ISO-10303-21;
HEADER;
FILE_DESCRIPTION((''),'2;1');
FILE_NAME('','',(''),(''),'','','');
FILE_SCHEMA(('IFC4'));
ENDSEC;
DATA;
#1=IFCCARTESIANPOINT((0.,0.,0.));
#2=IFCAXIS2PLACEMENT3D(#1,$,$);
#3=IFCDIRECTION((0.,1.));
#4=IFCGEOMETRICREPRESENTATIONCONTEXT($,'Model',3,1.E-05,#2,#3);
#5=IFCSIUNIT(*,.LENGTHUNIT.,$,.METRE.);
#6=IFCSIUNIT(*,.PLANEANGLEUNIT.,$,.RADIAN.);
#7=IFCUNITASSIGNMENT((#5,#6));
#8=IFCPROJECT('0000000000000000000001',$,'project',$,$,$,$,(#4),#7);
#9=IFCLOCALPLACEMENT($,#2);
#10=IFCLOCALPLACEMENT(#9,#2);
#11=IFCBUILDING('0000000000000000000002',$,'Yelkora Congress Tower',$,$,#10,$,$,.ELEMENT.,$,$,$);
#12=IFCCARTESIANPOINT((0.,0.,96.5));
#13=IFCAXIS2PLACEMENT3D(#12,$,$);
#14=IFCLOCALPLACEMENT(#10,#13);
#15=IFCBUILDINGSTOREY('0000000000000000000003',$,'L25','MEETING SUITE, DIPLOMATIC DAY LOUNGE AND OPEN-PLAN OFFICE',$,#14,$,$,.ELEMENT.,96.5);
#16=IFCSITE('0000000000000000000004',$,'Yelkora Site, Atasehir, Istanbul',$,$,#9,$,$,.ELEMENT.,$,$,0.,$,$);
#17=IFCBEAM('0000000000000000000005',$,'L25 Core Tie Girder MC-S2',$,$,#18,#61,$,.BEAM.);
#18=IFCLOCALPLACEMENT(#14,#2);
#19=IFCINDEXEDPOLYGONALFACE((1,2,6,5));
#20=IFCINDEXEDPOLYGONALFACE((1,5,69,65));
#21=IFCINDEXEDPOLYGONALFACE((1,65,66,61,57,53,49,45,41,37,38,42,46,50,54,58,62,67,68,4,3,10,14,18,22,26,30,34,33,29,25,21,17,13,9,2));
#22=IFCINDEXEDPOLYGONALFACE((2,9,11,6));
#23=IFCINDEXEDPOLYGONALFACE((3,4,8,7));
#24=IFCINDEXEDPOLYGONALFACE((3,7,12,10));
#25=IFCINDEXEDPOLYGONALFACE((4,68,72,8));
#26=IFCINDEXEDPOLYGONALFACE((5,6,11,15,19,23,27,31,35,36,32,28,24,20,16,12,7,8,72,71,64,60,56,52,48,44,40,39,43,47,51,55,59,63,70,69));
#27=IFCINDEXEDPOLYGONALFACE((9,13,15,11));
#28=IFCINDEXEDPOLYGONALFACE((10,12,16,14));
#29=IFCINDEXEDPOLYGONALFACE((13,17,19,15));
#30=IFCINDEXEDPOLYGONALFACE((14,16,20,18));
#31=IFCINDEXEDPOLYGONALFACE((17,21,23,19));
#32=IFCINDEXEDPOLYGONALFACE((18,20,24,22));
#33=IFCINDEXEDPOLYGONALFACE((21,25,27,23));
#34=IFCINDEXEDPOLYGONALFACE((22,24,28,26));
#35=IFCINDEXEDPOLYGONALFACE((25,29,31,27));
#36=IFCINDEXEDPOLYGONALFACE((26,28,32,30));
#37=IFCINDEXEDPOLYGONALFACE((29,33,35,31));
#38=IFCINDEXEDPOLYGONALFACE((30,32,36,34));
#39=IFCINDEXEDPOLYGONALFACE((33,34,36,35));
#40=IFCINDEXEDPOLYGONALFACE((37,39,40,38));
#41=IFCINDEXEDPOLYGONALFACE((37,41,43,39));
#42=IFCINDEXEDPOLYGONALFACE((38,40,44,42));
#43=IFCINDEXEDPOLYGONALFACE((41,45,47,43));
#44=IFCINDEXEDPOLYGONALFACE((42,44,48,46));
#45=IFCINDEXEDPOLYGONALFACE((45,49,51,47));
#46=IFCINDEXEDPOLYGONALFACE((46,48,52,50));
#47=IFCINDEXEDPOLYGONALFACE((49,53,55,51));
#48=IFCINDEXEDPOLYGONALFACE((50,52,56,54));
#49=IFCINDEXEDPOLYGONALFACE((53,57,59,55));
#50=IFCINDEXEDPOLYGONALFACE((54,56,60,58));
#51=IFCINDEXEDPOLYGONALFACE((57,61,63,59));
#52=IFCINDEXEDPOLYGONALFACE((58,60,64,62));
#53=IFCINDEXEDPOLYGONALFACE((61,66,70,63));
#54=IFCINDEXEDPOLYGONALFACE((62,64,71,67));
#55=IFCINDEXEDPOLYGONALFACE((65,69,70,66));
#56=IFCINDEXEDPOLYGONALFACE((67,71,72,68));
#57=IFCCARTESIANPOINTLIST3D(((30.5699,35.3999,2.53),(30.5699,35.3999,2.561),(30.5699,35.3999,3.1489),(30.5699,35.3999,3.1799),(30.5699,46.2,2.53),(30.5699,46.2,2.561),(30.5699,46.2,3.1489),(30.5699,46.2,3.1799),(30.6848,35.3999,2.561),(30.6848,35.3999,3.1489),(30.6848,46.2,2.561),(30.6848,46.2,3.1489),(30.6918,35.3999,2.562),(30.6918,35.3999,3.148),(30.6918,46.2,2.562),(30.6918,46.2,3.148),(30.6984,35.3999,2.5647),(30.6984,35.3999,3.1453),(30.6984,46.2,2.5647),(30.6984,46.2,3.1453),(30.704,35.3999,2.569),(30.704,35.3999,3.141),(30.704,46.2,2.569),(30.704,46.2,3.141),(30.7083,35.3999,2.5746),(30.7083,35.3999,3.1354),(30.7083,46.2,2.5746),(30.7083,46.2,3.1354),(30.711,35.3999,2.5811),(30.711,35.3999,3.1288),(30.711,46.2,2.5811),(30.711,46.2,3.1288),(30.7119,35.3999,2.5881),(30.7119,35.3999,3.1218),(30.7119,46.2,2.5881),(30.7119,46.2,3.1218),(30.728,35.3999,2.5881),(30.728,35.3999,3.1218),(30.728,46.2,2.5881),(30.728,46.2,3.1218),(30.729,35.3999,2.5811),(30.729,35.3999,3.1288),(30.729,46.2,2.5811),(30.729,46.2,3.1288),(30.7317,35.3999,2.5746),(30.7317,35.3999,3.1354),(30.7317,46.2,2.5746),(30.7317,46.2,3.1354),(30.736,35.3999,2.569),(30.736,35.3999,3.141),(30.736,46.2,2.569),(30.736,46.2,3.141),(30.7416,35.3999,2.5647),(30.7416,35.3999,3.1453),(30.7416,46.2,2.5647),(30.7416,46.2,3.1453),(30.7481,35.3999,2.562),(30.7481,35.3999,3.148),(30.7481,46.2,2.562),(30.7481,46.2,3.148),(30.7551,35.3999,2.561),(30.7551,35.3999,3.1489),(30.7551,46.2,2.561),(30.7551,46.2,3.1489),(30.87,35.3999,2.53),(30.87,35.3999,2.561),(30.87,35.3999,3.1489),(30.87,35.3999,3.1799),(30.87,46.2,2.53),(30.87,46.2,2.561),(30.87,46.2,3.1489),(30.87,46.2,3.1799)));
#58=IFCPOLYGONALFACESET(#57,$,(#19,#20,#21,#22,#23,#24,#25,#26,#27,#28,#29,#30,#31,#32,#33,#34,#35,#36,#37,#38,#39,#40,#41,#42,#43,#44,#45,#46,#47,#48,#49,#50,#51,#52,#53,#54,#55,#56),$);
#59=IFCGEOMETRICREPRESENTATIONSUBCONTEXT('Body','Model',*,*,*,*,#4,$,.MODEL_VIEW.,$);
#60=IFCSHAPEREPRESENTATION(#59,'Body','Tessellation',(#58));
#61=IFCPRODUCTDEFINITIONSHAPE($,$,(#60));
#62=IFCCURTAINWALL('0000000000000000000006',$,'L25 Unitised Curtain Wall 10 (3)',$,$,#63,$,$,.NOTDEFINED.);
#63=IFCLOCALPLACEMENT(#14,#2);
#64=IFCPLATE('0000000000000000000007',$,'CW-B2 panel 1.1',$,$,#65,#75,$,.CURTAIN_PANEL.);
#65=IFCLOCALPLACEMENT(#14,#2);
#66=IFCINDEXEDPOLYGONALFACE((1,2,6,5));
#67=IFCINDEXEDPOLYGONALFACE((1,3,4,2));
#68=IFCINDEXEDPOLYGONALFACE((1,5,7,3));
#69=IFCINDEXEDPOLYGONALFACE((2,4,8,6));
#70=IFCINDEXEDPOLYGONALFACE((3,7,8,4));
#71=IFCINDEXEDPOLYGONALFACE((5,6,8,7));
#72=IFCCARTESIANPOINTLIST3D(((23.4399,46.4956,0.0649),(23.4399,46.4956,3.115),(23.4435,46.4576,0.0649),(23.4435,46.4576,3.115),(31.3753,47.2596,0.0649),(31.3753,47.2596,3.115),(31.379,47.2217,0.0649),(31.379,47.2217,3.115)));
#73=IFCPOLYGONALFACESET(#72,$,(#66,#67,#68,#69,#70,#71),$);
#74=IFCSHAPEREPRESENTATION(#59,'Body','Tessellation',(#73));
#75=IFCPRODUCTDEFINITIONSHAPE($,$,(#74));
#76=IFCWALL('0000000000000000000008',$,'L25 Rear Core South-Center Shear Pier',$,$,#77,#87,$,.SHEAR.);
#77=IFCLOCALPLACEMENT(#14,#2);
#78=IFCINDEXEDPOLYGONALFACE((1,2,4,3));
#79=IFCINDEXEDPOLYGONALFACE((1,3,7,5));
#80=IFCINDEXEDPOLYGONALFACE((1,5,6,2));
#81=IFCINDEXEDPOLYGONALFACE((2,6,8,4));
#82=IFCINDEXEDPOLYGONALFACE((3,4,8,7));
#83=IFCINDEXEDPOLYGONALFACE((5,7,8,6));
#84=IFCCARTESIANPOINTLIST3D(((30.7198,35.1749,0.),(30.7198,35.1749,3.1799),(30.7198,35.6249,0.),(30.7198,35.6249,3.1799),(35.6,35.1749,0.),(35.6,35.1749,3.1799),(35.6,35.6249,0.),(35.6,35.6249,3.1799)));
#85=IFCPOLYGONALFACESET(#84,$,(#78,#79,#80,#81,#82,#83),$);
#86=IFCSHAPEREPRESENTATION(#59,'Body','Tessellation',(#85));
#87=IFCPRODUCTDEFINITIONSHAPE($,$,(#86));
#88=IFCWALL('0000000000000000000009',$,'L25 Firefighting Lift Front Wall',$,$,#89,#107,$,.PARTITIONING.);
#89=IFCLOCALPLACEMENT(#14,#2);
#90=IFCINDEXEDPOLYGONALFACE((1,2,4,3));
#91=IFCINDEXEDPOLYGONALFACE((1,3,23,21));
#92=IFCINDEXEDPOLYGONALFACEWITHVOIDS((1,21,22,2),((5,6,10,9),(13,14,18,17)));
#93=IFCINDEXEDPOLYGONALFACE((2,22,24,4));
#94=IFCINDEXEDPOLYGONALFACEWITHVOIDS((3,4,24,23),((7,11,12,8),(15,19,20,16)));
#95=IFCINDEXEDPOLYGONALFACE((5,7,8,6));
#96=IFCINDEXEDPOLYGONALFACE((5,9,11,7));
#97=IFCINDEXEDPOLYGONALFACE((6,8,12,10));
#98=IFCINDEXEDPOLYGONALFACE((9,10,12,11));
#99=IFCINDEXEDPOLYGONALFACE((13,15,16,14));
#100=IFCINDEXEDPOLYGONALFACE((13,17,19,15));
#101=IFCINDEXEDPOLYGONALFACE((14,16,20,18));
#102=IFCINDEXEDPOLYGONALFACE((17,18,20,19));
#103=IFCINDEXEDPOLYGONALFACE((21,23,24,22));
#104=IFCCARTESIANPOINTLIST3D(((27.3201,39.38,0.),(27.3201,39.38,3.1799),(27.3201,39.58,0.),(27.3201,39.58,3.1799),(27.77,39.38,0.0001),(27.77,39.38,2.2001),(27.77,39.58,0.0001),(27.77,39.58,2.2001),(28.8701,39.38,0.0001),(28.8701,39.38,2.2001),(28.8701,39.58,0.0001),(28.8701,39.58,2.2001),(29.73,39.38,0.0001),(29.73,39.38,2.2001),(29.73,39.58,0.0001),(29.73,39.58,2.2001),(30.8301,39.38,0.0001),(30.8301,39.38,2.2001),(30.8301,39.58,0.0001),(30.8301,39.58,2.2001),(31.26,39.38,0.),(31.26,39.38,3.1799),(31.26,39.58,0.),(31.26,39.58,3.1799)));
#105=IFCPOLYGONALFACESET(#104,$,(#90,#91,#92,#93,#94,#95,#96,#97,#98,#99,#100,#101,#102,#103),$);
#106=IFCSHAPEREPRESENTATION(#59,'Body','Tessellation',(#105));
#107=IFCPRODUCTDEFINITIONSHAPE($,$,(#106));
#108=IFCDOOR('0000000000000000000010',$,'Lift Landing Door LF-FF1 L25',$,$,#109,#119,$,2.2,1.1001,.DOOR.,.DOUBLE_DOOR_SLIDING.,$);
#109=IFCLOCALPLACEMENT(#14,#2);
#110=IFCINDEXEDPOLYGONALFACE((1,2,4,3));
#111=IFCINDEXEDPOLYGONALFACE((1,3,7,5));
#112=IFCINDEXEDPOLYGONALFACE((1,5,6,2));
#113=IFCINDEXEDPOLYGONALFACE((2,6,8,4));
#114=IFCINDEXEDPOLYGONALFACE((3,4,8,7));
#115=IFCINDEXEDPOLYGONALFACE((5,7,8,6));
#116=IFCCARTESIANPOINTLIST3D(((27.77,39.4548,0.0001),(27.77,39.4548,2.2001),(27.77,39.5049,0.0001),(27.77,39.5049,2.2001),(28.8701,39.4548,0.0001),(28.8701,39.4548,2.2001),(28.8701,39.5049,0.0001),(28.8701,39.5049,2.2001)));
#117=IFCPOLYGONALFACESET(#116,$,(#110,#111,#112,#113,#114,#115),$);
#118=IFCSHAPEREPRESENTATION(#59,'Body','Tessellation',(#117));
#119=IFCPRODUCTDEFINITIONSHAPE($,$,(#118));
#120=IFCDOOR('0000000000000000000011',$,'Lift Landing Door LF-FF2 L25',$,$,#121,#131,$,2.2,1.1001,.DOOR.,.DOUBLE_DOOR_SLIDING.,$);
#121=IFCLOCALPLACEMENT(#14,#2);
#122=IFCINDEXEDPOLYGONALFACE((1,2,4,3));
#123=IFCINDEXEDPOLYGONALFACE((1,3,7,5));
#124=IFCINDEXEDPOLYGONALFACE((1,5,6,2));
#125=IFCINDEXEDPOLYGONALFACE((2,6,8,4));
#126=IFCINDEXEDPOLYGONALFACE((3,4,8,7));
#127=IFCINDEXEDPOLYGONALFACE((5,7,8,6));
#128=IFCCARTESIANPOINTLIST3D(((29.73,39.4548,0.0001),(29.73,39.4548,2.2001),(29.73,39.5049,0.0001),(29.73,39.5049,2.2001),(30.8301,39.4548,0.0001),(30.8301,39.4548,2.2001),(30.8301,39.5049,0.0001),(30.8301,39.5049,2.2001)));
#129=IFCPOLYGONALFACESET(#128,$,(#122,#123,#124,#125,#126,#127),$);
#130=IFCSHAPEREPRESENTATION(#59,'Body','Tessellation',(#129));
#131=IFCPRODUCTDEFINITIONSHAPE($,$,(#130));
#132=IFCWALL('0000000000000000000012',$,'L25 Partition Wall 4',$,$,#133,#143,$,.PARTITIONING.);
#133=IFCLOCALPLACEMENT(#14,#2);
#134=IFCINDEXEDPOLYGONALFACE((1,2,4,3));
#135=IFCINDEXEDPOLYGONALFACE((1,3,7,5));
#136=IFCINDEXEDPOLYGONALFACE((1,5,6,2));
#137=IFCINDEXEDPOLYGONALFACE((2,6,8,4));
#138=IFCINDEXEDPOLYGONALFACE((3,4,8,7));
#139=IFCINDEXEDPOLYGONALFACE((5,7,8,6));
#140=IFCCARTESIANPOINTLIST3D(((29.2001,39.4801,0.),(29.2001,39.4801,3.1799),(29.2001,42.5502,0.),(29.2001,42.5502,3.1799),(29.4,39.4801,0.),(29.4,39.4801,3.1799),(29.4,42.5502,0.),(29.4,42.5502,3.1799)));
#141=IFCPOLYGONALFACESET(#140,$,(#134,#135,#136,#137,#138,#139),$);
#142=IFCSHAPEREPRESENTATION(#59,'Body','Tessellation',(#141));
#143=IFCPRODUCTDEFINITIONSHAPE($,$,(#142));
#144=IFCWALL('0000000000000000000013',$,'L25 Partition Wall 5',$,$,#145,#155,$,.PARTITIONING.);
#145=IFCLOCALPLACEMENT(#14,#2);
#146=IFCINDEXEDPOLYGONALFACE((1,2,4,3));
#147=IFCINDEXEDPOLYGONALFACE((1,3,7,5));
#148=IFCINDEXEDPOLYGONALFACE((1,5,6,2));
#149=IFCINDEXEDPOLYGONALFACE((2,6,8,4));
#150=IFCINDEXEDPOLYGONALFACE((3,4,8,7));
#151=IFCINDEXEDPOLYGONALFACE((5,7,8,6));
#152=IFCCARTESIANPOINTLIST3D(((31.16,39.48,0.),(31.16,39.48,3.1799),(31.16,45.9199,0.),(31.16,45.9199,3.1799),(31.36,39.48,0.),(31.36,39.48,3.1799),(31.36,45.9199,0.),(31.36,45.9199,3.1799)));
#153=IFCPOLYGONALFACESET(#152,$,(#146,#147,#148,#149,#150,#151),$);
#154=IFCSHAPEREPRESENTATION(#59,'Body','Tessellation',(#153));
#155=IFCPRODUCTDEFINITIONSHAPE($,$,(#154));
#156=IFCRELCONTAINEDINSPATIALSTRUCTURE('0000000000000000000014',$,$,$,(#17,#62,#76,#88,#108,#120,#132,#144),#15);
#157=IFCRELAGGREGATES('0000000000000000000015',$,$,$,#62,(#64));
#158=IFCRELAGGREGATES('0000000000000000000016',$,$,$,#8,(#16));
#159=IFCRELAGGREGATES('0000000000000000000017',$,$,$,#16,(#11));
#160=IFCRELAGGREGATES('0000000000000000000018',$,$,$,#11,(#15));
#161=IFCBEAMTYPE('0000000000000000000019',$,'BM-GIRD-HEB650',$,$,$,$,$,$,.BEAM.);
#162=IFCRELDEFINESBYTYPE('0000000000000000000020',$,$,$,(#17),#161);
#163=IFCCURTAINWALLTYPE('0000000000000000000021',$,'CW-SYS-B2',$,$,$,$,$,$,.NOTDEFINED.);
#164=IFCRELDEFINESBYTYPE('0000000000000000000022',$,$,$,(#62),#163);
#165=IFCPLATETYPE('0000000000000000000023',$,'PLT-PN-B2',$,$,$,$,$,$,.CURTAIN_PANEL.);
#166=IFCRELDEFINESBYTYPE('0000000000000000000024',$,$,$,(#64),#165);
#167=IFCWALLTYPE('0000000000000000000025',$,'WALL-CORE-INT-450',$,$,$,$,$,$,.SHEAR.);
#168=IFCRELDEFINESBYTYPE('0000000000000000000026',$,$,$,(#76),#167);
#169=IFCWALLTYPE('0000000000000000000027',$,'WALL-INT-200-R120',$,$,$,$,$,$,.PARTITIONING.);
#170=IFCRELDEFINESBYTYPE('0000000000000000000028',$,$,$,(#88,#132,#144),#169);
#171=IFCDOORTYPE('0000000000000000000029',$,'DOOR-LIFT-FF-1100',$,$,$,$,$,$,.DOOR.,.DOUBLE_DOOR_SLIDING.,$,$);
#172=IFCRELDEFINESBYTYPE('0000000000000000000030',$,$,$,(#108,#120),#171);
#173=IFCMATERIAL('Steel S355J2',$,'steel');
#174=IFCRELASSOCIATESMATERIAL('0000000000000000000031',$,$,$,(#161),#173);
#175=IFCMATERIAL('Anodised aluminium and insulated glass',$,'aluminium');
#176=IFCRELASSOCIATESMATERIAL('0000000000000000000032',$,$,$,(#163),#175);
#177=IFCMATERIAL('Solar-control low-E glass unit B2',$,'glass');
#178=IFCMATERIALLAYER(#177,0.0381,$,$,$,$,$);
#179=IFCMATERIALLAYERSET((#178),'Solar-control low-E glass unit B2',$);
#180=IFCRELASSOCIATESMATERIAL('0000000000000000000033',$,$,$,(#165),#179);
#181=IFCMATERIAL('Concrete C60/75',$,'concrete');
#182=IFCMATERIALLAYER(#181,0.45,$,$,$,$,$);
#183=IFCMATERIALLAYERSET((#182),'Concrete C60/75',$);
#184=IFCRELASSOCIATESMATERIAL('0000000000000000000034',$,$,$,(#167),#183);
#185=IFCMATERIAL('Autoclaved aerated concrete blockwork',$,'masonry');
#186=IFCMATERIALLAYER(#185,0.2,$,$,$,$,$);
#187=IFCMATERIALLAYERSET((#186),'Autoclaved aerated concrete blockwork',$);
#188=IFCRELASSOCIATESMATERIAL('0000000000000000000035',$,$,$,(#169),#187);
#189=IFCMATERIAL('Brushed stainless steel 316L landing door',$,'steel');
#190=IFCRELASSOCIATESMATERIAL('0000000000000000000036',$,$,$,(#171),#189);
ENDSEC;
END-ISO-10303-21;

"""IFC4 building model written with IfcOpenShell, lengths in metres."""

from ifc_helpers import new_model, si_unit, direction, frame, frame_2d, origin, origin_2d, place, context, subcontext, project, spatial, rectangle, i_section, extrude, material, layer, layer_set, material_profile, profile_set, type_object, element, fill, aggregate, save


model = new_model("IFC4")

# Units and contexts
model_context = context("Model", 3, precision=1e-05, world=origin(), true_north=direction((0.0, 1.0)))
body_context = subcontext(model_context, "Body", "Model", "MODEL_VIEW")
ifc_project = project(units=[si_unit("LENGTHUNIT", "METRE"), si_unit("PLANEANGLEUNIT", "RADIAN")], contexts=[model_context])

# Site, building, storey
site_placement = place(None, origin())
site = spatial("IfcSite", under=ifc_project, at=site_placement, Name="Yelkora Site, Atasehir, Istanbul", CompositionType="ELEMENT", RefElevation=0.0)
building_placement = place(site_placement, origin())
building = spatial("IfcBuilding", under=site, at=building_placement, Name="Yelkora Congress Tower", CompositionType="ELEMENT")
storey_placement = place(building_placement, frame((0.0, 0.0, 96.5)))
storey = spatial("IfcBuildingStorey", under=building, at=storey_placement, Name="L25", Description="MEETING SUITE, DIPLOMATIC DAY LOUNGE AND OPEN-PLAN OFFICE", CompositionType="ELEMENT", Elevation=96.5)

# Beam
ifc_material_1 = material(Name="Steel S355J2", Category="steel")
ifc_material_profile_1 = material_profile(ifc_material_1, i_section(OverallWidth=0.3, OverallDepth=0.6499, WebThickness=0.0161, FlangeThickness=0.031, FilletRadius=0.0271, at=origin_2d()), Name="HEB 650")
ifc_profile_set_1 = profile_set([ifc_material_profile_1], Name="Steel S355J2")
beam_type = type_object("IfcBeamType", Name="BM-GIRD-HEB650", PredefinedType="BEAM", material=ifc_profile_set_1)
beam_placement = place(storey_placement, frame((30.72, 35.3999, 2.855), z_axis=(0.0, 1.0, 0.0), x_axis=(-1.0, 0.0, 0.0)))
element("IfcBeam", 1, at=beam_placement, inside=storey, type_object=beam_type, Name="L25 Core Tie Girder MC-S2", PredefinedType="BEAM", context=body_context, shape_type="SweptSolid", body=[
    extrude(i_section(OverallWidth=0.3, OverallDepth=0.6499, WebThickness=0.0161, FlangeThickness=0.031, FilletRadius=0.0271, at=origin_2d()), origin(), (0.0, 0.0, 1.0), 10.8),
])

# Curtain wall, plate
ifc_material_2 = material(Name="Anodised aluminium and insulated glass", Category="aluminium")
curtain_wall_type = type_object("IfcCurtainWallType", Name="CW-SYS-B2", PredefinedType="NOTDEFINED", material=ifc_material_2)
curtain_wall_placement = place(storey_placement, origin())
curtain_wall = element("IfcCurtainWall", 2, at=curtain_wall_placement, inside=storey, type_object=curtain_wall_type, Name="L25 Unitised Curtain Wall 10 (3)", PredefinedType="NOTDEFINED")
ifc_material_3 = material(Name="Solar-control low-E glass unit B2", Category="glass")
ifc_layer_1 = layer(ifc_material_3, 0.0381)
ifc_layer_set_1 = layer_set([ifc_layer_1], Name="Solar-control low-E glass unit B2")
plate_type = type_object("IfcPlateType", Name="PLT-PN-B2", PredefinedType="CURTAIN_PANEL", material=ifc_layer_set_1)
plate_placement = place(storey_placement, frame((27.4094, 46.8586, 0.0649), z_axis=(0.0, 0.0, 1.0), x_axis=(0.995396, 0.095844, 0.0)))
plate = element("IfcPlate", 3, at=plate_placement, type_object=plate_type, Name="CW-B2 panel 1.1", PredefinedType="CURTAIN_PANEL", context=body_context, shape_type="SweptSolid", body=[
    extrude(rectangle(XDim=7.9722, YDim=0.0381, at=origin_2d()), origin(), (0.0, 0.0, 1.0), 3.05),
])
aggregate(curtain_wall, [plate])

# Wall
ifc_material_4 = material(Name="Concrete C60/75", Category="concrete")
ifc_layer_2 = layer(ifc_material_4, 0.45)
ifc_layer_set_2 = layer_set([ifc_layer_2], Name="Concrete C60/75")
wall_type_1 = type_object("IfcWallType", Name="WALL-CORE-INT-450", PredefinedType="SHEAR", material=ifc_layer_set_2)
wall_1_placement = place(storey_placement, frame((30.72, 35.3999, 0.0), z_axis=(0.0, 0.0, 1.0), x_axis=(1.0, 0.0, 0.0)))
element("IfcWall", 4, at=wall_1_placement, inside=storey, type_object=wall_type_1, Name="L25 Rear Core South-Center Shear Pier", PredefinedType="SHEAR", context=body_context, shape_type="SweptSolid", body=[
    extrude(rectangle(XDim=4.8801, YDim=0.45, at=frame_2d((2.4399, 0.0))), origin(), (0.0, 0.0, 1.0), 3.1799),
])

# Shared definitions
ifc_material_5 = material(Name="Autoclaved aerated concrete blockwork", Category="masonry")
ifc_layer_3 = layer(ifc_material_5, 0.2)
ifc_layer_set_3 = layer_set([ifc_layer_3], Name="Autoclaved aerated concrete blockwork")
wall_type_2 = type_object("IfcWallType", Name="WALL-INT-200-R120", PredefinedType="PARTITIONING", material=ifc_layer_set_3)

# Wall, openings, doors
wall_2_placement = place(storey_placement, frame((27.3201, 39.48, 0.0), z_axis=(0.0, 0.0, 1.0), x_axis=(1.0, 0.0, 0.0)))
wall_2 = element("IfcWall", 5, at=wall_2_placement, inside=storey, type_object=wall_type_2, Name="L25 Firefighting Lift Front Wall", PredefinedType="PARTITIONING", context=body_context, shape_type="SweptSolid", body=[
    extrude(rectangle(XDim=3.9399, YDim=0.2, at=frame_2d((1.97, 0.0))), origin(), (0.0, 0.0, 1.0), 3.1799),
])
opening_1_placement = place(wall_2_placement, frame((0.45, 0.0, 0.0)))
opening_1 = element("IfcOpeningElement", 6, at=opening_1_placement, cuts=wall_2, PredefinedType="OPENING", context=body_context, shape_type="SweptSolid", body=[
    extrude(rectangle(XDim=1.1001, YDim=2.2, at=frame_2d((0.55, 1.1001))), frame((0.0, 0.1099, 0.0), z_axis=(0.0, -1.0, 0.0), x_axis=(1.0, 0.0, 0.0)), (0.0, 0.0, 1.0), 0.22),
])
opening_2_placement = place(wall_2_placement, frame((2.4099, 0.0, 0.0)))
opening_2 = element("IfcOpeningElement", 7, at=opening_2_placement, cuts=wall_2, PredefinedType="OPENING", context=body_context, shape_type="SweptSolid", body=[
    extrude(rectangle(XDim=1.1001, YDim=2.2, at=frame_2d((0.55, 1.1001))), frame((0.0, 0.1099, 0.0), z_axis=(0.0, -1.0, 0.0), x_axis=(1.0, 0.0, 0.0)), (0.0, 0.0, 1.0), 0.22),
])
ifc_material_6 = material(Name="Brushed stainless steel 316L landing door", Category="steel")
door_type_1 = type_object("IfcDoorType", Name="DOOR-LIFT-FF-1100", OperationType="DOUBLE_DOOR_SLIDING", PredefinedType="DOOR", material=ifc_material_6)
door_1_placement = place(opening_1_placement, origin())
door_1 = element("IfcDoor", 8, at=door_1_placement, inside=storey, type_object=door_type_1, Name="Lift Landing Door LF-FF1 L25", OperationType="DOUBLE_DOOR_SLIDING", OverallHeight=2.2, OverallWidth=1.1001, PredefinedType="DOOR", context=body_context, shape_type="SweptSolid", body=[
    extrude(rectangle(XDim=1.1001, YDim=2.2, at=frame_2d((0.55, 1.1001))), frame((0.0, 0.0249, 0.0), z_axis=(0.0, -1.0, 0.0), x_axis=(1.0, 0.0, 0.0)), (0.0, 0.0, 1.0), 0.05),
])
fill(opening_1, door_1)
door_2_placement = place(opening_2_placement, origin())
door_2 = element("IfcDoor", 9, at=door_2_placement, inside=storey, type_object=door_type_1, Name="Lift Landing Door LF-FF2 L25", OperationType="DOUBLE_DOOR_SLIDING", OverallHeight=2.2, OverallWidth=1.1001, PredefinedType="DOOR", context=body_context, shape_type="SweptSolid", body=[
    extrude(rectangle(XDim=1.1001, YDim=2.2, at=frame_2d((0.55, 1.1001))), frame((0.0, 0.0249, 0.0), z_axis=(0.0, -1.0, 0.0), x_axis=(1.0, 0.0, 0.0)), (0.0, 0.0, 1.0), 0.05),
])
fill(opening_2, door_2)

# Walls
wall_3_placement = place(storey_placement, frame((29.3, 39.48, 0.0), z_axis=(0.0, 0.0, 1.0), x_axis=(0.0, 1.0, 0.0)))
element("IfcWall", 10, at=wall_3_placement, inside=storey, type_object=wall_type_2, Name="L25 Partition Wall 4", PredefinedType="PARTITIONING", context=body_context, shape_type="SweptSolid", body=[
    extrude(rectangle(XDim=3.0701, YDim=0.2, at=frame_2d((1.5352, 0.0))), origin(), (0.0, 0.0, 1.0), 3.1799),
])
wall_4_placement = place(storey_placement, frame((31.26, 39.48, 0.0), z_axis=(0.0, 0.0, 1.0), x_axis=(0.0, 1.0, 0.0)))
element("IfcWall", 11, at=wall_4_placement, inside=storey, type_object=wall_type_2, Name="L25 Partition Wall 5", PredefinedType="PARTITIONING", context=body_context, shape_type="SweptSolid", body=[
    extrude(rectangle(XDim=6.4399, YDim=0.2, at=frame_2d((3.22, 0.0))), origin(), (0.0, 0.0, 1.0), 3.1799),
])

save(model, "model.ifc")
